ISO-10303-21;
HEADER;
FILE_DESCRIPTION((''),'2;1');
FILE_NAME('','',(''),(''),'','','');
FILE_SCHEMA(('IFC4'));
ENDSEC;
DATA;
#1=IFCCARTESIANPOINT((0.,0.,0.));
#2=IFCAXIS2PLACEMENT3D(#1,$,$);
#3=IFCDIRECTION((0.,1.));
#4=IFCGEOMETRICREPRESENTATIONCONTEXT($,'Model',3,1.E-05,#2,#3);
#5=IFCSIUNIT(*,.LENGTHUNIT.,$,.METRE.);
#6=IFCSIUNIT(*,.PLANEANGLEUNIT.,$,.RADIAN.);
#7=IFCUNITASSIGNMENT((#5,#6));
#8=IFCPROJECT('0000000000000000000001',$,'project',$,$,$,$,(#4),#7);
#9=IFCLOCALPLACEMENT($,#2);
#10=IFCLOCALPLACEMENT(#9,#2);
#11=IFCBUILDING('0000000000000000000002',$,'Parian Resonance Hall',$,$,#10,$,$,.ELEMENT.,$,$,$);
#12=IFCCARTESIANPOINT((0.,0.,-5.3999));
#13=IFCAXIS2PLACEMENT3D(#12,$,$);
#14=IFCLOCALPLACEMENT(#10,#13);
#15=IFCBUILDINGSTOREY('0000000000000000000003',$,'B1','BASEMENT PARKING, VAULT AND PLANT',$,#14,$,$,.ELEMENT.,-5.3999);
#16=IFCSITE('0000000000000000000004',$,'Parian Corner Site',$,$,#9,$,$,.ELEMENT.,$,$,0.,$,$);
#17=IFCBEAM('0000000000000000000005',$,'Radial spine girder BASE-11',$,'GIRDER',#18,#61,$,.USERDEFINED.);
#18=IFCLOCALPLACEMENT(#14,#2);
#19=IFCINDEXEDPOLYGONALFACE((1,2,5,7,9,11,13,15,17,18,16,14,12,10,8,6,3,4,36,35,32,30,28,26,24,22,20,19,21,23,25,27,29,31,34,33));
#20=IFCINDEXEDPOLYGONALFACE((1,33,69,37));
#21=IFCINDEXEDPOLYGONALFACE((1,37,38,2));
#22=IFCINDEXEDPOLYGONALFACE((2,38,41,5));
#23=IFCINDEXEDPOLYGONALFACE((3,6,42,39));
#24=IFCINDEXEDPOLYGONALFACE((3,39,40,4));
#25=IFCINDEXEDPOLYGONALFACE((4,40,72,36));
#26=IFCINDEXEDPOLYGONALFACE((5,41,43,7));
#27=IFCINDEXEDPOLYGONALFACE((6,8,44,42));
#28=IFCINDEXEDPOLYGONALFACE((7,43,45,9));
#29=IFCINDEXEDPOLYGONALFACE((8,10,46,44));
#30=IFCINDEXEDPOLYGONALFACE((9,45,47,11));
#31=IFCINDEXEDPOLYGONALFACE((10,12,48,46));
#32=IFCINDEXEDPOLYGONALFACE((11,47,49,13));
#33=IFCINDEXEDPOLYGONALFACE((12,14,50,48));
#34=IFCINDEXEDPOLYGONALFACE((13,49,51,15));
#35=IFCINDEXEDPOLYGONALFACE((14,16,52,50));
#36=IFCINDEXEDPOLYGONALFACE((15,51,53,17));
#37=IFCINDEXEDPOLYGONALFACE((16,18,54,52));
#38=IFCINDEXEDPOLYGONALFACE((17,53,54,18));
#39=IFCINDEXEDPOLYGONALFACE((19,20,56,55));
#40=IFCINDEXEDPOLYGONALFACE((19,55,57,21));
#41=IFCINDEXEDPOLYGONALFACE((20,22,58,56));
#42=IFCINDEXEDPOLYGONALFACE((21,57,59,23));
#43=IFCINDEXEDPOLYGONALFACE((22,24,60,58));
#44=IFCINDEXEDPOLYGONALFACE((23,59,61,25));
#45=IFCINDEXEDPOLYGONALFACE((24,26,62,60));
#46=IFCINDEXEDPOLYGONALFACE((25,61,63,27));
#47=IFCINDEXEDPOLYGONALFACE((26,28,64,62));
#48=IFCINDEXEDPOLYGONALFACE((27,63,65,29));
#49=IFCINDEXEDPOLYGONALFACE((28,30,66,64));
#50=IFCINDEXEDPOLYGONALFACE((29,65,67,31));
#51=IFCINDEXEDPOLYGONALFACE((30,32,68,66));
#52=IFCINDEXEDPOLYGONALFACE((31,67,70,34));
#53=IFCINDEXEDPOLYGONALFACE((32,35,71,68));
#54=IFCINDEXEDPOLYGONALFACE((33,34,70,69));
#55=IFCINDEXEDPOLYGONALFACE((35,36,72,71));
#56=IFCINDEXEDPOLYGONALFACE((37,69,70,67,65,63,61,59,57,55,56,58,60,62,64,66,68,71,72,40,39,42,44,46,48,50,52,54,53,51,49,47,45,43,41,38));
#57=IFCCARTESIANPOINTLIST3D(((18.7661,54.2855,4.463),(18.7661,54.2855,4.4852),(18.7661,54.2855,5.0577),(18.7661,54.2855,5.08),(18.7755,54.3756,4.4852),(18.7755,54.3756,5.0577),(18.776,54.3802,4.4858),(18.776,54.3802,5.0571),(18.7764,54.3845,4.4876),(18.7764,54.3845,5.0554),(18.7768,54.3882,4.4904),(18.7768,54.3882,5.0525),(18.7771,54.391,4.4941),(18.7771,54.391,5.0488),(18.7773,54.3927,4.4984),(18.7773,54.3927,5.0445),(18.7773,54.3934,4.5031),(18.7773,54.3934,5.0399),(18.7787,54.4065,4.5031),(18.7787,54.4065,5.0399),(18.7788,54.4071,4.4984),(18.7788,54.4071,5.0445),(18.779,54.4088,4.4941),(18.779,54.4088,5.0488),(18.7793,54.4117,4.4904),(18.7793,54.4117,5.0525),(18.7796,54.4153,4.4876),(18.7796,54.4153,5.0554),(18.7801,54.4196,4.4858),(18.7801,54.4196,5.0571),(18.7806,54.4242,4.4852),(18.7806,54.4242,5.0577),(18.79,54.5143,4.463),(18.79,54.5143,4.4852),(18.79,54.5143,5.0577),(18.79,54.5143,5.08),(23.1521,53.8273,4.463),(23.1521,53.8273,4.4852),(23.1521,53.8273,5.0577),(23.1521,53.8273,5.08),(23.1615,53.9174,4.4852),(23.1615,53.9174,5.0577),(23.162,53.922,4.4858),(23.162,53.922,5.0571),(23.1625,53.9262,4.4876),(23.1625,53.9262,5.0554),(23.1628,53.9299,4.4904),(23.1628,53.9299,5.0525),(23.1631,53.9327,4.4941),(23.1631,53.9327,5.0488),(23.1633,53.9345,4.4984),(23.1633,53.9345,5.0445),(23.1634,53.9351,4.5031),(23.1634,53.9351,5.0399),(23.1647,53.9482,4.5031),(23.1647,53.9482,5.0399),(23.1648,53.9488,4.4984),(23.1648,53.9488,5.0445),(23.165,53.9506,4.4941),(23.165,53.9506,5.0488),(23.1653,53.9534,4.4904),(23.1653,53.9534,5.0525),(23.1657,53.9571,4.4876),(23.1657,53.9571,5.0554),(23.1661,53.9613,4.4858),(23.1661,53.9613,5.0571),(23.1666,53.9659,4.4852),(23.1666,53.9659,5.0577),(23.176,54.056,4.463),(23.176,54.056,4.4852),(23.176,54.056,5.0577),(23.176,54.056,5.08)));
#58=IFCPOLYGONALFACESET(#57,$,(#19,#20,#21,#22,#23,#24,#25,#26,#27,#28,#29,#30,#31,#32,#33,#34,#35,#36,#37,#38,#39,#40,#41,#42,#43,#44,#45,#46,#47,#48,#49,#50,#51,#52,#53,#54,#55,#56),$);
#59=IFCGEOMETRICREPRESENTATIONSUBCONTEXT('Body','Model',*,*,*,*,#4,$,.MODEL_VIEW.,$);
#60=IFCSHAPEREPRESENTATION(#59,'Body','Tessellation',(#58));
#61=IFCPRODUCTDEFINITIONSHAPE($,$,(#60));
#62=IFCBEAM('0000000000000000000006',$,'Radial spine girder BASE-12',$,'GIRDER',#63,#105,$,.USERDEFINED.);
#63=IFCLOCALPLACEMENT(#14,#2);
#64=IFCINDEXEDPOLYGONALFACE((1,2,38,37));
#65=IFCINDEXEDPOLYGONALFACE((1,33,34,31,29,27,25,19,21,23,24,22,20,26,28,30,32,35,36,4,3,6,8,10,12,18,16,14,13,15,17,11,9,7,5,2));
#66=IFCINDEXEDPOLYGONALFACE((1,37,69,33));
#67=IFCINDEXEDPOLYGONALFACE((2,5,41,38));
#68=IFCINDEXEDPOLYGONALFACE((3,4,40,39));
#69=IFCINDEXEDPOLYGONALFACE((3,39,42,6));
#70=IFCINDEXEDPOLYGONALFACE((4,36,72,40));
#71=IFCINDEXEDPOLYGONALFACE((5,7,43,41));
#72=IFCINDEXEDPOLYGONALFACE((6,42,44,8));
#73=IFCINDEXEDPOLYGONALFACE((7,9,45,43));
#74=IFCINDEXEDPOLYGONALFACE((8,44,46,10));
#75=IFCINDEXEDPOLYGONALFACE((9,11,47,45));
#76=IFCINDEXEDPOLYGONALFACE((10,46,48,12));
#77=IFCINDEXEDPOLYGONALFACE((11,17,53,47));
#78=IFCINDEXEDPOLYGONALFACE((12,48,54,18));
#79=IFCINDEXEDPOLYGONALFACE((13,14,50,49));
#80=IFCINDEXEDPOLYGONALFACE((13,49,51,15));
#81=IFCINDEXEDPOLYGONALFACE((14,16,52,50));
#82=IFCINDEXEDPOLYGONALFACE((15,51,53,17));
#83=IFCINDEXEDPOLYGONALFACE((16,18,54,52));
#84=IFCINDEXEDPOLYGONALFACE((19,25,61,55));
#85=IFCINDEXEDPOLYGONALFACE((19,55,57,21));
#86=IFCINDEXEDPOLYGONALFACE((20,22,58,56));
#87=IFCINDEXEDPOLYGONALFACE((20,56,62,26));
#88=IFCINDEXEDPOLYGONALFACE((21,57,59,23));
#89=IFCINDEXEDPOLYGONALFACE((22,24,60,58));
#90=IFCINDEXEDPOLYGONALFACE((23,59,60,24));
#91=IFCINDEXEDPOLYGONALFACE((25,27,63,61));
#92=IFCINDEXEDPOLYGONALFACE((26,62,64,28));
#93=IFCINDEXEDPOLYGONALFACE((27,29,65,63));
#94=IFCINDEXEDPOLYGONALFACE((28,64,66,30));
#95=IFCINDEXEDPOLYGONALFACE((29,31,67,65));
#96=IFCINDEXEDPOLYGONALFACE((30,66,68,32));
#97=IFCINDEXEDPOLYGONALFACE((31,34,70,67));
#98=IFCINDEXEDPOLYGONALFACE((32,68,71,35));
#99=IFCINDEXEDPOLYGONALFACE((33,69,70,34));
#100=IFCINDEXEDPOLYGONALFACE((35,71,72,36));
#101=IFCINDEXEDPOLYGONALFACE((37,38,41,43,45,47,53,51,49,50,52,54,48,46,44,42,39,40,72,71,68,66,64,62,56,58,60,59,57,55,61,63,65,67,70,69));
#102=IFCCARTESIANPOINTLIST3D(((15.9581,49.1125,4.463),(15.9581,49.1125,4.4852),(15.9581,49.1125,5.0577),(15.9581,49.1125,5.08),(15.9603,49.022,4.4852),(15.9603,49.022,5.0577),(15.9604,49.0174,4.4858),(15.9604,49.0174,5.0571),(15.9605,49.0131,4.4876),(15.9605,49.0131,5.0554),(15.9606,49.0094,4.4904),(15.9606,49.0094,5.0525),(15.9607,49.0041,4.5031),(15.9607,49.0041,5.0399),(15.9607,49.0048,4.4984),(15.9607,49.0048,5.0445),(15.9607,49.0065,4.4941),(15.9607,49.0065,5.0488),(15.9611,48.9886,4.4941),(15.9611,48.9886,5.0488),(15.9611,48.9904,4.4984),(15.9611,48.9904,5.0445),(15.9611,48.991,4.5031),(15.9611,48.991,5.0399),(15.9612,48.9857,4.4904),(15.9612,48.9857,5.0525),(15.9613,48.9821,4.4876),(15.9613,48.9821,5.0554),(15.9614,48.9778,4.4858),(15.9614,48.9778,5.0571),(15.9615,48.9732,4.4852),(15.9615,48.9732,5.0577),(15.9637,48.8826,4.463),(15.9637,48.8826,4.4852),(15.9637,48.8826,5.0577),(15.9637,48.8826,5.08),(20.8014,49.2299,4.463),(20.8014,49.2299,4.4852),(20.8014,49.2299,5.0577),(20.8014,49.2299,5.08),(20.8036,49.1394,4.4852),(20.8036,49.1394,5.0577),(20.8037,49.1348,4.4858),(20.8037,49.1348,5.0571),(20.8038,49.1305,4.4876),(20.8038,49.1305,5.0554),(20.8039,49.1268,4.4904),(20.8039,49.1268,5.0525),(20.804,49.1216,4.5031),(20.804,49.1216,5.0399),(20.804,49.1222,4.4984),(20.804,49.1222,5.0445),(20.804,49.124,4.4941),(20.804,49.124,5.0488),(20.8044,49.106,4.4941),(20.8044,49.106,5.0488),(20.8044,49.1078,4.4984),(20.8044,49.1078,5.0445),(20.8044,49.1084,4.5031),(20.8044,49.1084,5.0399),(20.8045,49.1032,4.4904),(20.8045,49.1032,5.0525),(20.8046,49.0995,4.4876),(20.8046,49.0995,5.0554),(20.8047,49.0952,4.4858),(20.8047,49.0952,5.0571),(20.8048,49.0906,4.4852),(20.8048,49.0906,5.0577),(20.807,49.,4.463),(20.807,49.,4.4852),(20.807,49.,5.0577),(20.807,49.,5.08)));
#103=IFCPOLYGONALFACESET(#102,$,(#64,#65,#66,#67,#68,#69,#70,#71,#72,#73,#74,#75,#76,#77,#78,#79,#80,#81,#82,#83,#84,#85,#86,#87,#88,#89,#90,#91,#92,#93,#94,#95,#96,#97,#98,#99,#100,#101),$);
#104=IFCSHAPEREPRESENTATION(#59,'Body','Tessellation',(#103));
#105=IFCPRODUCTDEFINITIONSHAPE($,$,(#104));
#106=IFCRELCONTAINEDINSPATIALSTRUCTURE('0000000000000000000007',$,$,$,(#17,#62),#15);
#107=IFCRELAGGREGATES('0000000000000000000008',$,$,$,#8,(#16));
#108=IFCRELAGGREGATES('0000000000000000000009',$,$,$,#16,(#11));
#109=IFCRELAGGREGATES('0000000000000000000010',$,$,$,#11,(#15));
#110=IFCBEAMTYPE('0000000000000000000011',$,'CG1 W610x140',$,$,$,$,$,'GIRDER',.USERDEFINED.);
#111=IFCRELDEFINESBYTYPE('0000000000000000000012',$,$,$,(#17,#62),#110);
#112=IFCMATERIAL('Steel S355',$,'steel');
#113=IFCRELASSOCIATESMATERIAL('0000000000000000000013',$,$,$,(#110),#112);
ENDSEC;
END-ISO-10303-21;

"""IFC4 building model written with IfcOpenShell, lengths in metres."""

from ifc_helpers import new_model, si_unit, direction, frame, origin, origin_2d, place, context, subcontext, project, spatial, i_section, extrude, material, material_profile, profile_set, type_object, element, save


model = new_model("IFC4")

# Units and contexts
model_context = context("Model", 3, precision=1e-05, world=origin(), true_north=direction((0.0, 1.0)))
body_context = subcontext(model_context, "Body", "Model", "MODEL_VIEW")
ifc_project = project(units=[si_unit("LENGTHUNIT", "METRE"), si_unit("PLANEANGLEUNIT", "RADIAN")], contexts=[model_context])

# Site, building, storey
site_placement = place(None, origin())
site = spatial("IfcSite", under=ifc_project, at=site_placement, Name="Parian Corner Site", CompositionType="ELEMENT", RefElevation=0.0)
building_placement = place(site_placement, origin())
building = spatial("IfcBuilding", under=site, at=building_placement, Name="Parian Resonance Hall", CompositionType="ELEMENT")
storey_placement = place(building_placement, frame((0.0, 0.0, -5.3999)))
storey = spatial("IfcBuildingStorey", under=building, at=storey_placement, Name="B1", Description="BASEMENT PARKING, VAULT AND PLANT", CompositionType="ELEMENT", Elevation=-5.3999)

# Beams
ifc_material_1 = material(Name="Steel S355", Category="steel")
ifc_material_profile_1 = material_profile(ifc_material_1, i_section(OverallWidth=0.23, OverallDepth=0.6169, WebThickness=0.0132, FlangeThickness=0.0222, FilletRadius=0.0178, at=origin_2d()), Name="W610x140")
ifc_profile_set_1 = profile_set([ifc_material_profile_1], Name="Steel S355")
beam_type_1 = type_object("IfcBeamType", Name="CG1 W610x140", ElementType="GIRDER", PredefinedType="USERDEFINED", material=ifc_profile_set_1)
beam_1_placement = place(storey_placement, frame((23.1641, 53.9417, 4.7715), z_axis=(-0.994586, 0.103915, 0.0), x_axis=(-0.103915, -0.994586, 0.0)))
element("IfcBeam", 1, at=beam_1_placement, inside=storey, type_object=beam_type_1, Name="Radial spine girder BASE-11", ObjectType="GIRDER", PredefinedType="USERDEFINED", context=body_context, shape_type="SweptSolid", body=[
    extrude(i_section(OverallWidth=0.23, OverallDepth=0.6169, WebThickness=0.0132, FlangeThickness=0.0222, FilletRadius=0.0178, at=origin_2d()), origin(), (0.0, 0.0, 1.0), 4.4099),
])
beam_2_placement = place(storey_placement, frame((20.8042, 49.115, 4.7715), z_axis=(-0.999706, -0.024239, 0.0), x_axis=(0.024239, -0.999706, 0.0)))
element("IfcBeam", 2, at=beam_2_placement, inside=storey, type_object=beam_type_1, Name="Radial spine girder BASE-12", ObjectType="GIRDER", PredefinedType="USERDEFINED", context=body_context, shape_type="SweptSolid", body=[
    extrude(i_section(OverallWidth=0.23, OverallDepth=0.6169, WebThickness=0.0132, FlangeThickness=0.0222, FilletRadius=0.0178, at=origin_2d()), origin(), (0.0, 0.0, 1.0), 4.8447),
])

save(model, "model.ifc")
